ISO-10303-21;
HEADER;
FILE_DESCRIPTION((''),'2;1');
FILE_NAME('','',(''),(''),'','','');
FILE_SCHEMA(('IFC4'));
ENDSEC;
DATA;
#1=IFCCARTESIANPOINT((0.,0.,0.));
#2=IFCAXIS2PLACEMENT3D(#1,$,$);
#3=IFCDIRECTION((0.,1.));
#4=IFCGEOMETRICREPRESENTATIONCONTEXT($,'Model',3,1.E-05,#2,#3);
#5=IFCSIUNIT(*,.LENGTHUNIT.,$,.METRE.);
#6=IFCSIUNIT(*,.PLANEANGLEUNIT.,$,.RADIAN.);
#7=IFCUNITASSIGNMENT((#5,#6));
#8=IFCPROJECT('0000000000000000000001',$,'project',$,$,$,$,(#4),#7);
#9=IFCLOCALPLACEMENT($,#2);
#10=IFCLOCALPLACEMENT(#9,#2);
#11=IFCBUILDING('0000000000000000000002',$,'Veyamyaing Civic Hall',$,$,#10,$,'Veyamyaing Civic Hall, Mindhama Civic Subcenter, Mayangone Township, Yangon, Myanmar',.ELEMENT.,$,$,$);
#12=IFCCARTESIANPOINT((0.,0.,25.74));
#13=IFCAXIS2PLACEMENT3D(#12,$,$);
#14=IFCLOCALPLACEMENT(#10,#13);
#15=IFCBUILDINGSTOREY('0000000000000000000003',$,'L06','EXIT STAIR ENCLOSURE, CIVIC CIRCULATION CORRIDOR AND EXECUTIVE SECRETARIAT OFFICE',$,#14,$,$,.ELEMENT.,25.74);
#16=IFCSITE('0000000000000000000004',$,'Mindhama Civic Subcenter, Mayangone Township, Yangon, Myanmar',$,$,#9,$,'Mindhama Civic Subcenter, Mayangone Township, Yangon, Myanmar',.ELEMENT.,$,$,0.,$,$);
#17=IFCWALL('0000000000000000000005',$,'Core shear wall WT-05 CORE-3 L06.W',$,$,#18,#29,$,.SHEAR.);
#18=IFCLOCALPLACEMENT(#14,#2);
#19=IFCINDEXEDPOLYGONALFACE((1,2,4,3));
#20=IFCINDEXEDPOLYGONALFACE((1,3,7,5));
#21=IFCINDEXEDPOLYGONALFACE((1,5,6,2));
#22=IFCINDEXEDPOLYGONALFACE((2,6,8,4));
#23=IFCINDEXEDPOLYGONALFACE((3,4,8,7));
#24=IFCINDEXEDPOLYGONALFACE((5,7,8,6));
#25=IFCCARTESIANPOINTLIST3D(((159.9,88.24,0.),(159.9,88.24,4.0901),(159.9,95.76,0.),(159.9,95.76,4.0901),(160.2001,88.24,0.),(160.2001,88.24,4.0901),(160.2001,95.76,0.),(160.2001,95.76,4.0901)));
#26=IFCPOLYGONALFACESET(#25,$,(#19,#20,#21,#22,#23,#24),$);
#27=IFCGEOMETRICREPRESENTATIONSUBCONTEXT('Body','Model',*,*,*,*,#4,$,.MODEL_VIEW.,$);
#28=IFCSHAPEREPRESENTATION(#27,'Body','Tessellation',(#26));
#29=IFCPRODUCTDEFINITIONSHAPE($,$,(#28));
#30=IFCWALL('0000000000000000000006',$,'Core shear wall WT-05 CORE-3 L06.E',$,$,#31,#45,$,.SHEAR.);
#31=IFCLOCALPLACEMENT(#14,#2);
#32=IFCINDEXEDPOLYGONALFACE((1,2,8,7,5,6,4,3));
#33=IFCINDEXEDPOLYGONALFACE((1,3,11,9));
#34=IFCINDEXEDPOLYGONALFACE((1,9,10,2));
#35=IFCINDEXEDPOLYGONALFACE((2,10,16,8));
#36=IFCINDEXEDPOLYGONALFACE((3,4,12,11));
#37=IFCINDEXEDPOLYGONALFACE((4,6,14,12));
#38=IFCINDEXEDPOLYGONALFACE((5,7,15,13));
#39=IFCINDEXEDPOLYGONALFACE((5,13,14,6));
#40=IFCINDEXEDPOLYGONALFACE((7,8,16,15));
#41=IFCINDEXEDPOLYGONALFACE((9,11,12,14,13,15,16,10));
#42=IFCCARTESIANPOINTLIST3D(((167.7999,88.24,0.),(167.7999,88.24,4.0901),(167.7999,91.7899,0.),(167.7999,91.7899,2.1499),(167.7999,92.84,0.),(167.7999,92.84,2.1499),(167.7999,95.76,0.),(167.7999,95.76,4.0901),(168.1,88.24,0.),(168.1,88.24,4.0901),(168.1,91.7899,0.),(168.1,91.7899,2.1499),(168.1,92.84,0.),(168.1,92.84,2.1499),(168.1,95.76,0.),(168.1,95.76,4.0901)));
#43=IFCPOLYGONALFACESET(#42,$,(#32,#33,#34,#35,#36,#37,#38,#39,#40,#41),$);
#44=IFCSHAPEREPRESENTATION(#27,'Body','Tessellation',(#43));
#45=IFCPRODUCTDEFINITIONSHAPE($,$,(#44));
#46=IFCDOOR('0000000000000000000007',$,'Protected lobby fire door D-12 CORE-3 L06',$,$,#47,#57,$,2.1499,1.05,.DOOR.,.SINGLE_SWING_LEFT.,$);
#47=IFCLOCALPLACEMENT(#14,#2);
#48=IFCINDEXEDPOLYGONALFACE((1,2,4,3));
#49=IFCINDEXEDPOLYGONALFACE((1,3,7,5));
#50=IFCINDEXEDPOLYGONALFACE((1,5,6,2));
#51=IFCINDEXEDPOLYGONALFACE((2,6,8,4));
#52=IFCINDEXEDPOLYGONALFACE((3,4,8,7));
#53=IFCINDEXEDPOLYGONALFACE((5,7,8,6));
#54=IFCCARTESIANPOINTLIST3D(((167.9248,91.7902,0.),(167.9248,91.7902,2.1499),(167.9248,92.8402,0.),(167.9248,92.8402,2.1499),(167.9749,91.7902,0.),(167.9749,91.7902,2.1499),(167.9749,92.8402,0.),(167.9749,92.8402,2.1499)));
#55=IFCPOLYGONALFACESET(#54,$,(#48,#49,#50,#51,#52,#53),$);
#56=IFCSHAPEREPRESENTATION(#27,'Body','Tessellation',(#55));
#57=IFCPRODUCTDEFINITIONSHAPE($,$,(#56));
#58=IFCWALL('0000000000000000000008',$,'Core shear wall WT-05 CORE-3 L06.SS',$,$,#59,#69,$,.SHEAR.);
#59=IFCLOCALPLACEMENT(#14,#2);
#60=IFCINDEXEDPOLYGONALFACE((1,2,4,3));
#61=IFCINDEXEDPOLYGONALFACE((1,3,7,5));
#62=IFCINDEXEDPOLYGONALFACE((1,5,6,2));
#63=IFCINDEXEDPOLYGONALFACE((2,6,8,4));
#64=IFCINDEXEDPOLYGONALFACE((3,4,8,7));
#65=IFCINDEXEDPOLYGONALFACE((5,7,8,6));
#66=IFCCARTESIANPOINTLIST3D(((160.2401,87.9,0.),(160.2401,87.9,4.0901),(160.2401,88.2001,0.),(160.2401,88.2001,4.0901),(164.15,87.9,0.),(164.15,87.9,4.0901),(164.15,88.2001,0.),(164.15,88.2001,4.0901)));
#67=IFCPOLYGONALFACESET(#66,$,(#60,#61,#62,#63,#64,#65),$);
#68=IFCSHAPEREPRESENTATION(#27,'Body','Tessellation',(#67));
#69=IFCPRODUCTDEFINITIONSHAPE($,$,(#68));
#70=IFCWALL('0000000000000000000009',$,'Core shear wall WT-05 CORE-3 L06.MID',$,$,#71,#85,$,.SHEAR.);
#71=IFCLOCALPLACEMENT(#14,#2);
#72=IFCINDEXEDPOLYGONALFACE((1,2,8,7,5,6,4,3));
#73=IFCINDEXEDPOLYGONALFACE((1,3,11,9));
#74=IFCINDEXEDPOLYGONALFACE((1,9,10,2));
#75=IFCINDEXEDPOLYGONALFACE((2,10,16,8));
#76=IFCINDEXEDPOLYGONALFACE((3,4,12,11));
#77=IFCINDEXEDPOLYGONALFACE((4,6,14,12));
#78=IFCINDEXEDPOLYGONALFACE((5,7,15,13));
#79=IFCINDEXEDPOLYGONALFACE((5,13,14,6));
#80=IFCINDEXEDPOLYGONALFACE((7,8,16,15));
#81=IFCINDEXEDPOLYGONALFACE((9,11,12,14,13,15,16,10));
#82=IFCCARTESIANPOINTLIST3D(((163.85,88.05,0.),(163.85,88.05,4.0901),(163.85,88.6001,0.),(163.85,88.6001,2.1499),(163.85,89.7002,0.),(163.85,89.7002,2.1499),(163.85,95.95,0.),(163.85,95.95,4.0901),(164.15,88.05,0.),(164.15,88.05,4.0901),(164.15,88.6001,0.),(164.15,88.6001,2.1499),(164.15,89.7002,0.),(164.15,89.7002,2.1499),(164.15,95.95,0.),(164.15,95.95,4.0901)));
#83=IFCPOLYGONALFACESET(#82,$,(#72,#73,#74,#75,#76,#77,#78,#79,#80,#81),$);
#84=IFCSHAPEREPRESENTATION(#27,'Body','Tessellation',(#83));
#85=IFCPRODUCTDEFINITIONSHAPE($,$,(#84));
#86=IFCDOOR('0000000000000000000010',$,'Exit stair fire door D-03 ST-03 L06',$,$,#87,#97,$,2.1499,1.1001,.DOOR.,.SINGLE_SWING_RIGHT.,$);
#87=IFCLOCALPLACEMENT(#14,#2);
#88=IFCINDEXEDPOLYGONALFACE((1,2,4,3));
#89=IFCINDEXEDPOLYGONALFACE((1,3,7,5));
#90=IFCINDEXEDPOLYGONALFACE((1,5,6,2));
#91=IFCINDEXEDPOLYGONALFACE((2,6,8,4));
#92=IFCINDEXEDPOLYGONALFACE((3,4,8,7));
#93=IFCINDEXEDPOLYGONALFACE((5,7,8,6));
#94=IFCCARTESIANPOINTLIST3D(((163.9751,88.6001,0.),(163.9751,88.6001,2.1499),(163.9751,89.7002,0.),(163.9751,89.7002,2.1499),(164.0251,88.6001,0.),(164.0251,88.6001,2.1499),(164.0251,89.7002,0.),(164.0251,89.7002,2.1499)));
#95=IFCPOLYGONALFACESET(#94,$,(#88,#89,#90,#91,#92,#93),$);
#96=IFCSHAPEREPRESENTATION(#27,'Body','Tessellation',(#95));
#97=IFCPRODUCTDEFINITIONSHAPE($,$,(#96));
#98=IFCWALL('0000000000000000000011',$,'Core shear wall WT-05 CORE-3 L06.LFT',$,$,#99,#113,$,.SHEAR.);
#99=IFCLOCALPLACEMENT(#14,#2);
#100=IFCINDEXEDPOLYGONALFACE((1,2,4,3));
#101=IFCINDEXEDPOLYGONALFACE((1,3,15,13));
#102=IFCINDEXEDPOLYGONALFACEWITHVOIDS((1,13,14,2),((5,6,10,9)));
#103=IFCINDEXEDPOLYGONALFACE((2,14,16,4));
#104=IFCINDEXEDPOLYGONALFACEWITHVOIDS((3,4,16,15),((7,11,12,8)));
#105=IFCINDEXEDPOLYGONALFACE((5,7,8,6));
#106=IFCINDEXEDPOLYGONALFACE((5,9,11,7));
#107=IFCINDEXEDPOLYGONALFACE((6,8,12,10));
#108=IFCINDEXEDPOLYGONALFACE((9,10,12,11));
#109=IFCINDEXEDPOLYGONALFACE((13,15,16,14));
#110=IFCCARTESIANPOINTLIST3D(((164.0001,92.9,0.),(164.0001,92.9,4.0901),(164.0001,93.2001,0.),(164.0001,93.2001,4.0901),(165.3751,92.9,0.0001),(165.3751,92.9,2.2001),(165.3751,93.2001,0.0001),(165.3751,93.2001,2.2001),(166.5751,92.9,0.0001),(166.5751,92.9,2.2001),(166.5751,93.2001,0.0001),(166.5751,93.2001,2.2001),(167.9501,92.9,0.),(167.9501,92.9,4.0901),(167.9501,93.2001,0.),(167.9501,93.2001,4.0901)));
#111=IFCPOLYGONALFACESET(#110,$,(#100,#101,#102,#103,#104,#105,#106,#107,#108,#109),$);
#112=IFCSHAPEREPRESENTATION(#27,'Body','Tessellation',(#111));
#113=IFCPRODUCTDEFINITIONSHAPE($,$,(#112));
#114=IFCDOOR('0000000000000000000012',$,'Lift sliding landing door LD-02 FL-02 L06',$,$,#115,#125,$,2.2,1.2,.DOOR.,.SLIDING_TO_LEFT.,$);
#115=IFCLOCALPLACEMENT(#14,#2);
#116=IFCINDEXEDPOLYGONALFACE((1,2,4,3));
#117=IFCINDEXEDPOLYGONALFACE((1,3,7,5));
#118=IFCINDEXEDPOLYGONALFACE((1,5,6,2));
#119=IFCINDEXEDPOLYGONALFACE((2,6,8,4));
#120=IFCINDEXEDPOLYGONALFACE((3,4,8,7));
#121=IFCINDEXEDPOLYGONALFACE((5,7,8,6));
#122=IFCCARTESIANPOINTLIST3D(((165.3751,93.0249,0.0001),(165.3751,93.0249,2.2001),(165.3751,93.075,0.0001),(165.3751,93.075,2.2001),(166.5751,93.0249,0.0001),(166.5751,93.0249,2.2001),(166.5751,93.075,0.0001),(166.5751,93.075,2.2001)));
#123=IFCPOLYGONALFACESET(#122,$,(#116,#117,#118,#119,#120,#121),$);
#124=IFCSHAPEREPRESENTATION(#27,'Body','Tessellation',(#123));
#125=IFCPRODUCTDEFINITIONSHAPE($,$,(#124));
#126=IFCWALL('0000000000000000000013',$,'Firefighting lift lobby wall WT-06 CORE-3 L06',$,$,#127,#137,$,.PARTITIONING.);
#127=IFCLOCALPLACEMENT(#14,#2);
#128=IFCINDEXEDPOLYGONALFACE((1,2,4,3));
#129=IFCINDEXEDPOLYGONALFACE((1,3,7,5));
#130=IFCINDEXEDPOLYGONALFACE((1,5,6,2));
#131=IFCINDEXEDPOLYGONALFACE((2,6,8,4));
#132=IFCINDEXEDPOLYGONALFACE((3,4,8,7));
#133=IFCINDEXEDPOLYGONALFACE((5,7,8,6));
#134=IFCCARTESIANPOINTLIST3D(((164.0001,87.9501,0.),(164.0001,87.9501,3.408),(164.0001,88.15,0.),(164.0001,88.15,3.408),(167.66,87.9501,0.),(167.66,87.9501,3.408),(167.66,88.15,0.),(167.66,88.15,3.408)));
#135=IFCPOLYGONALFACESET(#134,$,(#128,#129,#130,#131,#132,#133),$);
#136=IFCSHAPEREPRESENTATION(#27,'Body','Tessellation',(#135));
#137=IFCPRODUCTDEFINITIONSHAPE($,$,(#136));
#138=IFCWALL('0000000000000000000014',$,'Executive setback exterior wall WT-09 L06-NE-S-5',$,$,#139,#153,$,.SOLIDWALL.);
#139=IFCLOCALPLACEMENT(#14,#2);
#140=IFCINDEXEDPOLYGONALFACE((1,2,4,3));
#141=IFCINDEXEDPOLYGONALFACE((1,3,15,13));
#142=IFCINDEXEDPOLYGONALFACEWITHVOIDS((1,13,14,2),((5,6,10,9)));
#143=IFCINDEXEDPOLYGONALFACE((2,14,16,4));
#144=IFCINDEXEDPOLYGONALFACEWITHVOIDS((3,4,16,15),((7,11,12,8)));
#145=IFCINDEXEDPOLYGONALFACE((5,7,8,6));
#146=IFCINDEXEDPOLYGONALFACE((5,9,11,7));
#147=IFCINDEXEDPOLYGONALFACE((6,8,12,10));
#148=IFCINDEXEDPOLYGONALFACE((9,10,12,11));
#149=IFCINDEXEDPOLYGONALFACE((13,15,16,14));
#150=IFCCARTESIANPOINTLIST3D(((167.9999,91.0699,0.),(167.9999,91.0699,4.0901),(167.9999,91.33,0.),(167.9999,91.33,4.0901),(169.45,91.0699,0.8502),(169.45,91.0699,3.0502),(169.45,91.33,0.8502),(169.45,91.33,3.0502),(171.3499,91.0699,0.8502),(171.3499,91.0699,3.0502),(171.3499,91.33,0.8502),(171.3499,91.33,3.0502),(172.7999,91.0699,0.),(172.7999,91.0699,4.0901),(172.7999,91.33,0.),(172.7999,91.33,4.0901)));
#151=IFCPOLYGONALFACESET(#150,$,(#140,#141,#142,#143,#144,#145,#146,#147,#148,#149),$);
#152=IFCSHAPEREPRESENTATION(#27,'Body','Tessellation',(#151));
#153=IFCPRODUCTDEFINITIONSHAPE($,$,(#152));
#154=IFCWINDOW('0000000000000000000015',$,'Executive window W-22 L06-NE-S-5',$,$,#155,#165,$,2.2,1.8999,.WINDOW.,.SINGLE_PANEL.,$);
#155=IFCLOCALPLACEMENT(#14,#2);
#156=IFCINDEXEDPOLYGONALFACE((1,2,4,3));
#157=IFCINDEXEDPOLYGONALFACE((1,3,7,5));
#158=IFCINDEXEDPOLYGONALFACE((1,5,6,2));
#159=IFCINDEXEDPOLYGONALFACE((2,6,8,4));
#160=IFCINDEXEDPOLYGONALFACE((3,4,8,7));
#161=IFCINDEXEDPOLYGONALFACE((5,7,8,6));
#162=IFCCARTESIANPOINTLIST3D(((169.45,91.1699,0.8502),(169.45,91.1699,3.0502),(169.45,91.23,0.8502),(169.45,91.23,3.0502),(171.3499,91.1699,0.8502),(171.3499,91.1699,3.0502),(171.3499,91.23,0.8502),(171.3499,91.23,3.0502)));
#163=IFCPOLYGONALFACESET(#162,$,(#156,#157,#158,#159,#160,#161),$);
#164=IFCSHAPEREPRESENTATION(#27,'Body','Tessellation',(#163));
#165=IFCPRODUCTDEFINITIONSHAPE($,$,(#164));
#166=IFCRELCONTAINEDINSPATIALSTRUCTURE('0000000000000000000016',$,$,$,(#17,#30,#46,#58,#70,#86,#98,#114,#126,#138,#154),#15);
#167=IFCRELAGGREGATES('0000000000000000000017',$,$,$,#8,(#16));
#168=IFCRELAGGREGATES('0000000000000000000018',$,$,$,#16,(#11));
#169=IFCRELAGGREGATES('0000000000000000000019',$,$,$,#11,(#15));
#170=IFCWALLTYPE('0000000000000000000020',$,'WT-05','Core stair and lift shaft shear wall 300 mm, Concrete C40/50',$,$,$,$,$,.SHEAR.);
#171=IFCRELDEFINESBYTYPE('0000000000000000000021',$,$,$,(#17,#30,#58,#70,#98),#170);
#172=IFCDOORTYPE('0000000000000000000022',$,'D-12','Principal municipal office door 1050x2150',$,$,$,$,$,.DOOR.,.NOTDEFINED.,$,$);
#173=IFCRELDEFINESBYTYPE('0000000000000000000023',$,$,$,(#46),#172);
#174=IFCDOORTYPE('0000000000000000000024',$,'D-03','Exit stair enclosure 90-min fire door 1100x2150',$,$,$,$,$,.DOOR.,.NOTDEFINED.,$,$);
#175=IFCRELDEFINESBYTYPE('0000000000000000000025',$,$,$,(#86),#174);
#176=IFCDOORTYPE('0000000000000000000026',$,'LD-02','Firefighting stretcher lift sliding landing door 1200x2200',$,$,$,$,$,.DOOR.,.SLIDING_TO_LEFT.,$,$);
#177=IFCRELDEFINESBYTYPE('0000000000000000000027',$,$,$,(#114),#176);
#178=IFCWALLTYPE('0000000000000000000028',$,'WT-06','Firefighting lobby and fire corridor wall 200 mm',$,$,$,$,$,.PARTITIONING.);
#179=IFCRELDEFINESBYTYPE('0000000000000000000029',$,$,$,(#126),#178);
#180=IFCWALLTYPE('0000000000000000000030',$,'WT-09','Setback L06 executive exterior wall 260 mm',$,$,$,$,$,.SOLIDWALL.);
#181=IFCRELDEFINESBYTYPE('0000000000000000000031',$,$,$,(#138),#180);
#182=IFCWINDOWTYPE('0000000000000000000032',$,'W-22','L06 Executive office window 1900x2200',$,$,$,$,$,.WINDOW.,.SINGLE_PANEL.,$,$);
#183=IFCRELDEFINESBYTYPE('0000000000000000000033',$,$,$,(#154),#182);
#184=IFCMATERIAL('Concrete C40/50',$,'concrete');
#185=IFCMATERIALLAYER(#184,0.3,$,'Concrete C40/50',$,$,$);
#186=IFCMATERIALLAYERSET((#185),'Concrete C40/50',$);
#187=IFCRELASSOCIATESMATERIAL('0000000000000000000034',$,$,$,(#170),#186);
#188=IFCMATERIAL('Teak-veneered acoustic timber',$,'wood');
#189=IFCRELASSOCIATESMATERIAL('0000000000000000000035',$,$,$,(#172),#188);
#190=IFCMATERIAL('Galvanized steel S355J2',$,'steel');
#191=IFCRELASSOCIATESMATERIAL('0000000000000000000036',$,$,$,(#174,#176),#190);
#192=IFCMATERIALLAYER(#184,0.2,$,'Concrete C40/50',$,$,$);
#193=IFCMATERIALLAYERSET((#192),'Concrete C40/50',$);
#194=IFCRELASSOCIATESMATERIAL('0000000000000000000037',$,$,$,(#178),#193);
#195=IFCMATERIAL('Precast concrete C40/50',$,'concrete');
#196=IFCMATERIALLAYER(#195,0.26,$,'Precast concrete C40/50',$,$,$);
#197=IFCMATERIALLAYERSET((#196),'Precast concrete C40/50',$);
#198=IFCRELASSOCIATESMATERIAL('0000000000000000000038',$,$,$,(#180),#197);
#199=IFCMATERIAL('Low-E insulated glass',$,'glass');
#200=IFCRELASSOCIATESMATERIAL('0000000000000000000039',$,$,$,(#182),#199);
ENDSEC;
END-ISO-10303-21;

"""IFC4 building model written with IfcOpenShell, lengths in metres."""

from ifc_helpers import new_model, si_unit, direction, frame, frame_2d, origin, place, context, subcontext, project, spatial, rectangle, extrude, material, layer, layer_set, type_object, element, fill, save


model = new_model("IFC4")

# Units and contexts
model_context = context("Model", 3, precision=1e-05, world=origin(), true_north=direction((0.0, 1.0)))
body_context = subcontext(model_context, "Body", "Model", "MODEL_VIEW")
ifc_project = project(units=[si_unit("LENGTHUNIT", "METRE"), si_unit("PLANEANGLEUNIT", "RADIAN")], contexts=[model_context])

# Site, building, storey
site_placement = place(None, origin())
site = spatial("IfcSite", under=ifc_project, at=site_placement, Name="Mindhama Civic Subcenter, Mayangone Township, Yangon, Myanmar", LongName="Mindhama Civic Subcenter, Mayangone Township, Yangon, Myanmar", CompositionType="ELEMENT", RefElevation=0.0)
building_placement = place(site_placement, origin())
building = spatial("IfcBuilding", under=site, at=building_placement, Name="Veyamyaing Civic Hall", LongName="Veyamyaing Civic Hall, Mindhama Civic Subcenter, Mayangone Township, Yangon, Myanmar", CompositionType="ELEMENT")
storey_placement = place(building_placement, frame((0.0, 0.0, 25.74)))
storey = spatial("IfcBuildingStorey", under=building, at=storey_placement, Name="L06", Description="EXIT STAIR ENCLOSURE, CIVIC CIRCULATION CORRIDOR AND EXECUTIVE SECRETARIAT OFFICE", CompositionType="ELEMENT", Elevation=25.74)

# Wall
ifc_material_1 = material(Name="Concrete C40/50", Category="concrete")
ifc_layer_1 = layer(ifc_material_1, 0.3, Name="Concrete C40/50")
ifc_layer_set_1 = layer_set([ifc_layer_1], Name="Concrete C40/50")
wall_type_1 = type_object("IfcWallType", Name="WT-05", Description="Core stair and lift shaft shear wall 300 mm, Concrete C40/50", PredefinedType="SHEAR", material=ifc_layer_set_1)
wall_1_placement = place(storey_placement, frame((160.05, 88.24, 0.0), z_axis=(0.0, 0.0, 1.0), x_axis=(0.0, 1.0, 0.0)))
element("IfcWall", 1, at=wall_1_placement, inside=storey, type_object=wall_type_1, Name="Core shear wall WT-05 CORE-3 L06.W", PredefinedType="SHEAR", context=body_context, shape_type="SweptSolid", body=[
    extrude(rectangle(XDim=7.52, YDim=0.3, at=frame_2d((3.76, 0.0))), origin(), (0.0, 0.0, 1.0), 4.0901),
])

# Wall, opening, door
wall_2_placement = place(storey_placement, frame((167.95, 88.24, 0.0), z_axis=(0.0, 0.0, 1.0), x_axis=(0.0, 1.0, 0.0)))
wall_2 = element("IfcWall", 2, at=wall_2_placement, inside=storey, type_object=wall_type_1, Name="Core shear wall WT-05 CORE-3 L06.E", PredefinedType="SHEAR", context=body_context, shape_type="SweptSolid", body=[
    extrude(rectangle(XDim=7.52, YDim=0.3, at=frame_2d((3.76, 0.0))), origin(), (0.0, 0.0, 1.0), 4.0901),
])
opening_1_placement = place(wall_2_placement, frame((3.55, 0.0, 0.0)))
opening_1 = element("IfcOpeningElement", 3, at=opening_1_placement, cuts=wall_2, PredefinedType="OPENING", context=body_context, shape_type="SweptSolid", body=[
    extrude(rectangle(XDim=1.05, YDim=2.1499, at=frame_2d((0.5249, 1.075))), frame((0.0, 0.1599, 0.0), z_axis=(0.0, -1.0, 0.0), x_axis=(1.0, 0.0, 0.0)), (0.0, 0.0, 1.0), 0.3201),
])
ifc_material_2 = material(Name="Teak-veneered acoustic timber", Category="wood")
door_type_1 = type_object("IfcDoorType", Name="D-12", Description="Principal municipal office door 1050x2150", OperationType="NOTDEFINED", PredefinedType="DOOR", material=ifc_material_2)
door_1_placement = place(opening_1_placement, frame((1.05, 0.0, 0.0), z_axis=(0.0, 0.0, 1.0), x_axis=(-1.0, 0.0, 0.0)))
door_1 = element("IfcDoor", 4, at=door_1_placement, inside=storey, type_object=door_type_1, Name="Protected lobby fire door D-12 CORE-3 L06", OperationType="SINGLE_SWING_LEFT", OverallHeight=2.1499, OverallWidth=1.05, PredefinedType="DOOR", context=body_context, shape_type="SweptSolid", body=[
    extrude(rectangle(XDim=1.05, YDim=2.1499, at=frame_2d((0.5249, 1.075))), frame((0.0, 0.0249, 0.0), z_axis=(0.0, -1.0, 0.0), x_axis=(1.0, 0.0, 0.0)), (0.0, 0.0, 1.0), 0.05),
])
fill(opening_1, door_1)

# Wall
wall_3_placement = place(storey_placement, frame((160.24, 88.05, 0.0), z_axis=(0.0, 0.0, 1.0), x_axis=(1.0, 0.0, 0.0)))
element("IfcWall", 5, at=wall_3_placement, inside=storey, type_object=wall_type_1, Name="Core shear wall WT-05 CORE-3 L06.SS", PredefinedType="SHEAR", context=body_context, shape_type="SweptSolid", body=[
    extrude(rectangle(XDim=3.9099, YDim=0.3, at=frame_2d((1.9551, 0.0))), origin(), (0.0, 0.0, 1.0), 4.0901),
])

# Walls, openings, doors
wall_4_placement = place(storey_placement, frame((164.0, 88.05, 0.0), z_axis=(0.0, 0.0, 1.0), x_axis=(0.0, 1.0, 0.0)))
wall_4 = element("IfcWall", 6, at=wall_4_placement, inside=storey, type_object=wall_type_1, Name="Core shear wall WT-05 CORE-3 L06.MID", PredefinedType="SHEAR", context=body_context, shape_type="SweptSolid", body=[
    extrude(rectangle(XDim=7.8999, YDim=0.3, at=frame_2d((3.95, 0.0))), origin(), (0.0, 0.0, 1.0), 4.0901),
])
opening_2_placement = place(wall_4_placement, frame((0.55, 0.0, 0.0)))
opening_2 = element("IfcOpeningElement", 7, at=opening_2_placement, cuts=wall_4, PredefinedType="OPENING", context=body_context, shape_type="SweptSolid", body=[
    extrude(rectangle(XDim=1.1001, YDim=2.1499, at=frame_2d((0.55, 1.075))), frame((0.0, 0.1599, 0.0), z_axis=(0.0, -1.0, 0.0), x_axis=(1.0, 0.0, 0.0)), (0.0, 0.0, 1.0), 0.3201),
])
ifc_material_3 = material(Name="Galvanized steel S355J2", Category="steel")
door_type_2 = type_object("IfcDoorType", Name="D-03", Description="Exit stair enclosure 90-min fire door 1100x2150", OperationType="NOTDEFINED", PredefinedType="DOOR", material=ifc_material_3)
door_2_placement = place(opening_2_placement, origin())
door_2 = element("IfcDoor", 8, at=door_2_placement, inside=storey, type_object=door_type_2, Name="Exit stair fire door D-03 ST-03 L06", OperationType="SINGLE_SWING_RIGHT", OverallHeight=2.1499, OverallWidth=1.1001, PredefinedType="DOOR", context=body_context, shape_type="SweptSolid", body=[
    extrude(rectangle(XDim=1.1001, YDim=2.1499, at=frame_2d((0.55, 1.075))), frame((0.0, 0.0249, 0.0), z_axis=(0.0, -1.0, 0.0), x_axis=(1.0, 0.0, 0.0)), (0.0, 0.0, 1.0), 0.05),
])
fill(opening_2, door_2)
wall_5_placement = place(storey_placement, frame((164.0, 93.05, 0.0), z_axis=(0.0, 0.0, 1.0), x_axis=(1.0, 0.0, 0.0)))
wall_5 = element("IfcWall", 9, at=wall_5_placement, inside=storey, type_object=wall_type_1, Name="Core shear wall WT-05 CORE-3 L06.LFT", PredefinedType="SHEAR", context=body_context, shape_type="SweptSolid", body=[
    extrude(rectangle(XDim=3.95, YDim=0.3, at=frame_2d((1.9751, 0.0))), origin(), (0.0, 0.0, 1.0), 4.0901),
])
opening_3_placement = place(wall_5_placement, frame((1.375, 0.0, 0.0)))
opening_3 = element("IfcOpeningElement", 10, at=opening_3_placement, cuts=wall_5, PredefinedType="OPENING", context=body_context, shape_type="SweptSolid", body=[
    extrude(rectangle(XDim=1.2, YDim=2.2, at=frame_2d((0.6001, 1.1001))), frame((0.0, 0.1599, 0.0), z_axis=(0.0, -1.0, 0.0), x_axis=(1.0, 0.0, 0.0)), (0.0, 0.0, 1.0), 0.3201),
])
door_type_3 = type_object("IfcDoorType", Name="LD-02", Description="Firefighting stretcher lift sliding landing door 1200x2200", OperationType="SLIDING_TO_LEFT", PredefinedType="DOOR", material=ifc_material_3)
door_3_placement = place(opening_3_placement, origin())
door_3 = element("IfcDoor", 11, at=door_3_placement, inside=storey, type_object=door_type_3, Name="Lift sliding landing door LD-02 FL-02 L06", OperationType="SLIDING_TO_LEFT", OverallHeight=2.2, OverallWidth=1.2, PredefinedType="DOOR", context=body_context, shape_type="SweptSolid", body=[
    extrude(rectangle(XDim=1.2, YDim=2.2, at=frame_2d((0.6001, 1.1001))), frame((0.0, 0.0249, 0.0), z_axis=(0.0, -1.0, 0.0), x_axis=(1.0, 0.0, 0.0)), (0.0, 0.0, 1.0), 0.05),
])
fill(opening_3, door_3)

# Wall
ifc_layer_2 = layer(ifc_material_1, 0.2, Name="Concrete C40/50")
ifc_layer_set_2 = layer_set([ifc_layer_2], Name="Concrete C40/50")
wall_type_2 = type_object("IfcWallType", Name="WT-06", Description="Firefighting lobby and fire corridor wall 200 mm", PredefinedType="PARTITIONING", material=ifc_layer_set_2)
wall_6_placement = place(storey_placement, frame((164.0, 88.05, 0.0), z_axis=(0.0, 0.0, 1.0), x_axis=(1.0, 0.0, 0.0)))
element("IfcWall", 12, at=wall_6_placement, inside=storey, type_object=wall_type_2, Name="Firefighting lift lobby wall WT-06 CORE-3 L06", PredefinedType="PARTITIONING", context=body_context, shape_type="SweptSolid", body=[
    extrude(rectangle(XDim=3.6599, YDim=0.2, at=frame_2d((1.8301, 0.0))), origin(), (0.0, 0.0, 1.0), 3.408),
])

# Wall, opening, window
ifc_material_4 = material(Name="Precast concrete C40/50", Category="concrete")
ifc_layer_3 = layer(ifc_material_4, 0.26, Name="Precast concrete C40/50")
ifc_layer_set_3 = layer_set([ifc_layer_3], Name="Precast concrete C40/50")
wall_type_3 = type_object("IfcWallType", Name="WT-09", Description="Setback L06 executive exterior wall 260 mm", PredefinedType="SOLIDWALL", material=ifc_layer_set_3)
wall_7_placement = place(storey_placement, frame((168.0, 91.2, 0.0), z_axis=(0.0, 0.0, 1.0), x_axis=(1.0, 0.0, 0.0)))
wall_7 = element("IfcWall", 13, at=wall_7_placement, inside=storey, type_object=wall_type_3, Name="Executive setback exterior wall WT-09 L06-NE-S-5", PredefinedType="SOLIDWALL", context=body_context, shape_type="SweptSolid", body=[
    extrude(rectangle(XDim=4.8, YDim=0.26, at=frame_2d((2.3999, 0.0))), origin(), (0.0, 0.0, 1.0), 4.0901),
])
opening_4_placement = place(wall_7_placement, frame((1.45, 0.0, 0.8501)))
opening_4 = element("IfcOpeningElement", 14, at=opening_4_placement, cuts=wall_7, PredefinedType="OPENING", context=body_context, shape_type="SweptSolid", body=[
    extrude(rectangle(XDim=1.8999, YDim=2.2, at=frame_2d((0.95, 1.1001))), frame((0.0, 0.1399, 0.0), z_axis=(0.0, -1.0, 0.0), x_axis=(1.0, 0.0, 0.0)), (0.0, 0.0, 1.0), 0.28),
])
ifc_material_5 = material(Name="Low-E insulated glass", Category="glass")
window_type = type_object("IfcWindowType", Name="W-22", Description="L06 Executive office window 1900x2200", PartitioningType="SINGLE_PANEL", PredefinedType="WINDOW", material=ifc_material_5)
window_1_placement = place(opening_4_placement, origin())
window_1 = element("IfcWindow", 15, at=window_1_placement, inside=storey, type_object=window_type, Name="Executive window W-22 L06-NE-S-5", OverallHeight=2.2, OverallWidth=1.8999, PartitioningType="SINGLE_PANEL", PredefinedType="WINDOW", context=body_context, shape_type="SweptSolid", body=[
    extrude(rectangle(XDim=1.8999, YDim=2.2, at=frame_2d((0.95, 1.1001))), frame((0.0, 0.03, 0.0), z_axis=(0.0, -1.0, 0.0), x_axis=(1.0, 0.0, 0.0)), (0.0, 0.0, 1.0), 0.0601),
])
fill(opening_4, window_1)

save(model, "model.ifc")
